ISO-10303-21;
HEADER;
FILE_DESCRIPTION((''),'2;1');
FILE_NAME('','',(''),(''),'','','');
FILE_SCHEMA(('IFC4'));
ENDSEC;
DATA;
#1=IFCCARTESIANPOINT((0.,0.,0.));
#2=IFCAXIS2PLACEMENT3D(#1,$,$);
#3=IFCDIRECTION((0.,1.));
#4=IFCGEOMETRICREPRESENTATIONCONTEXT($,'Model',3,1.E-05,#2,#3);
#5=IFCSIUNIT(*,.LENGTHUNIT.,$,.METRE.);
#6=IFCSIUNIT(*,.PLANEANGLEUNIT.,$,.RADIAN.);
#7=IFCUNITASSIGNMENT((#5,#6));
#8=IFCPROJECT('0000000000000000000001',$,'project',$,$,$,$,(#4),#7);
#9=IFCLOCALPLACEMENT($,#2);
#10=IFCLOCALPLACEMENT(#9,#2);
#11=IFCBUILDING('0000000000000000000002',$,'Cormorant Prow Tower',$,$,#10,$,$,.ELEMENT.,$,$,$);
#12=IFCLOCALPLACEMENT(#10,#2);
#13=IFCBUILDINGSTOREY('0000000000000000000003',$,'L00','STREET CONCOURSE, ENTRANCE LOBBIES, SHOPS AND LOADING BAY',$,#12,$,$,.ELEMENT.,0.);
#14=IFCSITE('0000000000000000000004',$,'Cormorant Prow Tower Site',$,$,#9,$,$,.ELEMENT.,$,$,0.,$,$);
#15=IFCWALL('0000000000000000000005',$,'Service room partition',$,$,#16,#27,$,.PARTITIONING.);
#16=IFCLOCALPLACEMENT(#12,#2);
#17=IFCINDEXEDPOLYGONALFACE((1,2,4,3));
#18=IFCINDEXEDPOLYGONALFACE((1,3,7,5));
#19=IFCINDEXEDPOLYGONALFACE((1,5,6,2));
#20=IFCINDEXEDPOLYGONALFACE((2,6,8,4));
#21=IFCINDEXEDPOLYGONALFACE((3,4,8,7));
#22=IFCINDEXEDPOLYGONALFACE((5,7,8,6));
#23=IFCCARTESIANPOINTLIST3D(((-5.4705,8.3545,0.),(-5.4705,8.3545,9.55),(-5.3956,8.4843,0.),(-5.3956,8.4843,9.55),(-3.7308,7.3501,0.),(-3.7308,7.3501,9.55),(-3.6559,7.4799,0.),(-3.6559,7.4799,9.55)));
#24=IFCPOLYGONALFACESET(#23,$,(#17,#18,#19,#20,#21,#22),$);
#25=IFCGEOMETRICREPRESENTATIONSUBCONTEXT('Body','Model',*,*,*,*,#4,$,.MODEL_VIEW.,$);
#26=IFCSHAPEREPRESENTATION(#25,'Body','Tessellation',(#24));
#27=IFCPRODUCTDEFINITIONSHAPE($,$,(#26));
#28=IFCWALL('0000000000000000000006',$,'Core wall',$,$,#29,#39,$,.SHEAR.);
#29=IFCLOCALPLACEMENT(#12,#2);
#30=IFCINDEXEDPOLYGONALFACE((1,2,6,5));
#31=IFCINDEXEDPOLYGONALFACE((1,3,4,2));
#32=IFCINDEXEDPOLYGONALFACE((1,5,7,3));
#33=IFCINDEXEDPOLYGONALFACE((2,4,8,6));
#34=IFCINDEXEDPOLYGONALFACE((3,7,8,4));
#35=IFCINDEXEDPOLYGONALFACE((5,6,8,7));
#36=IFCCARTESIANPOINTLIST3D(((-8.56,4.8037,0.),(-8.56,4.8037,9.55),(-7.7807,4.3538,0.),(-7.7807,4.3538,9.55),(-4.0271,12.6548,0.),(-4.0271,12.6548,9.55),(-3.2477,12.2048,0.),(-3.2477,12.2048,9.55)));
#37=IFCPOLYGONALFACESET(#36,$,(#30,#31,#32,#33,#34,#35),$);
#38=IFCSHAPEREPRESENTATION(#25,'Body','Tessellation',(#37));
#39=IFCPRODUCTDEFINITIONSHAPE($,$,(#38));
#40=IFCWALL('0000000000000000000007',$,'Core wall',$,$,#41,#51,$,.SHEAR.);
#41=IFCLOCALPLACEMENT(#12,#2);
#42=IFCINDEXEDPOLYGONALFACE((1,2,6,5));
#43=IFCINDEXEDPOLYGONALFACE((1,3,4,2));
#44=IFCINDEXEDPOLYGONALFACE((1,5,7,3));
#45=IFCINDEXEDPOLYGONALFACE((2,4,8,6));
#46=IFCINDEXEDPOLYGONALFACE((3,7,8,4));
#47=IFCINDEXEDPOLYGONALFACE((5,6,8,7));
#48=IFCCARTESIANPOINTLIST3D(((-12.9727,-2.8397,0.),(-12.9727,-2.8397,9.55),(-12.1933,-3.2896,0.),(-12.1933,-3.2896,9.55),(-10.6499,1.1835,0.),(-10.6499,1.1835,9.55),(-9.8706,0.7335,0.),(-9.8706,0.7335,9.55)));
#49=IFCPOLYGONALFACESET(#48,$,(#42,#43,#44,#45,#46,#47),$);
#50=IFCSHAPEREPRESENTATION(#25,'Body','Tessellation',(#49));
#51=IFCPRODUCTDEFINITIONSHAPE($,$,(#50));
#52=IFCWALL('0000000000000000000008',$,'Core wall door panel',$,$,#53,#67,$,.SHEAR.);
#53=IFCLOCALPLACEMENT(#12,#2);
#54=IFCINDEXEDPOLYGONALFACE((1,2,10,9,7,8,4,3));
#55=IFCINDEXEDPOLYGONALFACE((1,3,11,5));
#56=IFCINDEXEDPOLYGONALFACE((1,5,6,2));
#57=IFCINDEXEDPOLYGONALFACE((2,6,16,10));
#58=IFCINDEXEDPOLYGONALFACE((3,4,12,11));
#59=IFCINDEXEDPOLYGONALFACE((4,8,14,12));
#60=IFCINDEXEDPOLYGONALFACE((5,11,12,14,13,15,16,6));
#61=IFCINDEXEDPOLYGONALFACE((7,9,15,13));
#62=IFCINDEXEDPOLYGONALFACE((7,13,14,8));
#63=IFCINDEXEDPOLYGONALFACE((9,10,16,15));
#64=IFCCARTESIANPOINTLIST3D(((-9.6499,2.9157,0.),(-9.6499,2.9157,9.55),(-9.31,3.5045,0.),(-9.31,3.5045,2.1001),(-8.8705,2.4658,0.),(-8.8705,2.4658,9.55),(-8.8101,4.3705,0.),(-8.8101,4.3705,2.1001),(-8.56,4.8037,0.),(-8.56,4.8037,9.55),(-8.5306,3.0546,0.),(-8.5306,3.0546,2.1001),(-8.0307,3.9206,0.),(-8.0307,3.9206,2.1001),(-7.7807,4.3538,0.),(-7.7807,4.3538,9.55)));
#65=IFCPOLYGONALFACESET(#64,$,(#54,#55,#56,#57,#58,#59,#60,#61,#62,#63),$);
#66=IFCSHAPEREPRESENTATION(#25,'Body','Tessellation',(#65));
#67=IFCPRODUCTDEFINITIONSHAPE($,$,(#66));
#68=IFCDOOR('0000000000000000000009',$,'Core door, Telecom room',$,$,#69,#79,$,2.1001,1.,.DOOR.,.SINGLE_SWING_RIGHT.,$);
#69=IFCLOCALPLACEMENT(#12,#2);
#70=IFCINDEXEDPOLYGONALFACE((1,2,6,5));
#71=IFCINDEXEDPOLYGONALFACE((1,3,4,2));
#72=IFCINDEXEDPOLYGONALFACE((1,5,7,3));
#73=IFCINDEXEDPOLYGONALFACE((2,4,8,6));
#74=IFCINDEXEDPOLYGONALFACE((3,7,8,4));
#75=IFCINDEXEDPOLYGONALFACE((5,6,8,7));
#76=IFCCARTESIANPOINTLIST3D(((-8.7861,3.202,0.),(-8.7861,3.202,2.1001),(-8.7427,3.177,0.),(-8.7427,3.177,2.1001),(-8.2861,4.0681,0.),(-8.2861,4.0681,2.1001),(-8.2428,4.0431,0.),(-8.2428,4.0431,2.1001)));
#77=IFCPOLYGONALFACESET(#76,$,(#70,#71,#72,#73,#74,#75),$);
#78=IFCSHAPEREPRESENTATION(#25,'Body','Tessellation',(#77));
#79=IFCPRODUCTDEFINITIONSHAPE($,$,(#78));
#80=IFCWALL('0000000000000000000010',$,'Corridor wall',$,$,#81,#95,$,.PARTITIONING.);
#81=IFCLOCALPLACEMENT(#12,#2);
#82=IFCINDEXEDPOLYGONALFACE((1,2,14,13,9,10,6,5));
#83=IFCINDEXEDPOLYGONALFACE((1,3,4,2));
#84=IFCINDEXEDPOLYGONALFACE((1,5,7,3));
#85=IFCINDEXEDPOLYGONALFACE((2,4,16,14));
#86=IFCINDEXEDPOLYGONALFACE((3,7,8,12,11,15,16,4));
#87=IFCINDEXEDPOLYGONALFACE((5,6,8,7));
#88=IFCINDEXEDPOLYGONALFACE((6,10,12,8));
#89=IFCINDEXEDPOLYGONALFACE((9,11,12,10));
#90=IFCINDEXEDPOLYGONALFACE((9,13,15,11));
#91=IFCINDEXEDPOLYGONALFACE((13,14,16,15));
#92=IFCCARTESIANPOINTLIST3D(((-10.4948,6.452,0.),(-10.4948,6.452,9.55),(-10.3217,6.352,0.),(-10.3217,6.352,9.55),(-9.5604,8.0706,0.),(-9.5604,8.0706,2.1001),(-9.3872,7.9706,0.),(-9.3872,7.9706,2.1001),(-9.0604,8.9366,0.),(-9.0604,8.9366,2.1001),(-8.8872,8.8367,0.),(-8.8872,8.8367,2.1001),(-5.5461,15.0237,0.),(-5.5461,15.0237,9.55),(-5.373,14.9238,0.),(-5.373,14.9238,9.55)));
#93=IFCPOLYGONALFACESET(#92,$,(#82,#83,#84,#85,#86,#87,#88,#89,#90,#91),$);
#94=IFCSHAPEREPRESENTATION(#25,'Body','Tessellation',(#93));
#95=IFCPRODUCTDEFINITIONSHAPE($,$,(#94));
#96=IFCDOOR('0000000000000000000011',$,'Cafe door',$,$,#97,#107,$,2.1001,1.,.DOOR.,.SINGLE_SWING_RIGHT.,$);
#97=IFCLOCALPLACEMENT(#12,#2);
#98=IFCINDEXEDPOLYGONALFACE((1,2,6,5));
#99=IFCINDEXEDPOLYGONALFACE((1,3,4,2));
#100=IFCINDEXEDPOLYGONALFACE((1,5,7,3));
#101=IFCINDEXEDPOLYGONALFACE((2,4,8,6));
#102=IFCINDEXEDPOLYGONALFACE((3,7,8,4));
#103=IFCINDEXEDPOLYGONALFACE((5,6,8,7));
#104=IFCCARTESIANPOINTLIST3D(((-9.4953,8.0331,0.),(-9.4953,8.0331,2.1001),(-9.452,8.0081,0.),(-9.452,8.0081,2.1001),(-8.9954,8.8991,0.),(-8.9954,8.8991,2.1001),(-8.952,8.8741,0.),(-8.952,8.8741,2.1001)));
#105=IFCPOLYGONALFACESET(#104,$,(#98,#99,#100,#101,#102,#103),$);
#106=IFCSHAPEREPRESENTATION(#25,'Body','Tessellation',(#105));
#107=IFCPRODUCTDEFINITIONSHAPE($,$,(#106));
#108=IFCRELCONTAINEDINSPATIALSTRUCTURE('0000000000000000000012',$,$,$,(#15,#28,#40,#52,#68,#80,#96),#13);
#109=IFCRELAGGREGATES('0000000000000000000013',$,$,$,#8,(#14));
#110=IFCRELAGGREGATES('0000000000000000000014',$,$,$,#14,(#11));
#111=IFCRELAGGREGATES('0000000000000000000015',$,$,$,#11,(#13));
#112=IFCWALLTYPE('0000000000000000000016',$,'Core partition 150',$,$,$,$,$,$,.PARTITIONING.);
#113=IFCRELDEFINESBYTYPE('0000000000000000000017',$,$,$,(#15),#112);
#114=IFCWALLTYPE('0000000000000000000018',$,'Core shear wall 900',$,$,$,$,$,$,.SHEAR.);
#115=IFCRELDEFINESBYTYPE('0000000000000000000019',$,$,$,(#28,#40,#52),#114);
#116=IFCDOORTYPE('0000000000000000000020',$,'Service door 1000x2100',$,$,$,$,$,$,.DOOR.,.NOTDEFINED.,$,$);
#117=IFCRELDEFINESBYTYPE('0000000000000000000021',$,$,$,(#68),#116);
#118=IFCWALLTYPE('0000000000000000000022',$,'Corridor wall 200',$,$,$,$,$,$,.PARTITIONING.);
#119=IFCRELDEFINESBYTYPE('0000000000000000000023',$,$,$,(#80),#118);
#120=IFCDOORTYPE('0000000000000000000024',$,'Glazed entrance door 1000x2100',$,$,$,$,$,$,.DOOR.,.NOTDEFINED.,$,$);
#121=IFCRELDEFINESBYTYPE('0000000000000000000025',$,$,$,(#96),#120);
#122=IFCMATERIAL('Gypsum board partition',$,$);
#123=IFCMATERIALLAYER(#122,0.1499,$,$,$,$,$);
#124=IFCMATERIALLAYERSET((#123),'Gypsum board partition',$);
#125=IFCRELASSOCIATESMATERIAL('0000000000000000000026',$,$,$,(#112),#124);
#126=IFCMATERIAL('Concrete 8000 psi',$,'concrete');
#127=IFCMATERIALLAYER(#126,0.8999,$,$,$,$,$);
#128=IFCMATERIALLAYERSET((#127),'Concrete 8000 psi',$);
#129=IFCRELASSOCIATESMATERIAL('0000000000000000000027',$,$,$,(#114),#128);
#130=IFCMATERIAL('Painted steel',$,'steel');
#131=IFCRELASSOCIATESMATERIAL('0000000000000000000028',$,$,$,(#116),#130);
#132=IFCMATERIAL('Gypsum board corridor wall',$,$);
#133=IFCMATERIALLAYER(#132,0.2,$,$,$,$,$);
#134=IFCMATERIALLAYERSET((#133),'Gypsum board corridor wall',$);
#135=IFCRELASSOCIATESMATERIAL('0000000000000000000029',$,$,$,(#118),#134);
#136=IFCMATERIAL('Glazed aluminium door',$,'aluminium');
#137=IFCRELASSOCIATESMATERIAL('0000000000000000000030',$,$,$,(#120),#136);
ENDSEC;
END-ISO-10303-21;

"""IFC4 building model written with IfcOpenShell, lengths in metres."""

from ifc_helpers import new_model, si_unit, direction, frame, frame_2d, origin, place, context, subcontext, project, spatial, rectangle, extrude, material, layer, layer_set, type_object, element, fill, save


model = new_model("IFC4")

# Units and contexts
model_context = context("Model", 3, precision=1e-05, world=origin(), true_north=direction((0.0, 1.0)))
body_context = subcontext(model_context, "Body", "Model", "MODEL_VIEW")
ifc_project = project(units=[si_unit("LENGTHUNIT", "METRE"), si_unit("PLANEANGLEUNIT", "RADIAN")], contexts=[model_context])

# Site, building, storey
site_placement = place(None, origin())
site = spatial("IfcSite", under=ifc_project, at=site_placement, Name="Cormorant Prow Tower Site", CompositionType="ELEMENT", RefElevation=0.0)
building_placement = place(site_placement, origin())
building = spatial("IfcBuilding", under=site, at=building_placement, Name="Cormorant Prow Tower", CompositionType="ELEMENT")
storey_placement = place(building_placement, origin())
storey = spatial("IfcBuildingStorey", under=building, at=storey_placement, Name="L00", Description="STREET CONCOURSE, ENTRANCE LOBBIES, SHOPS AND LOADING BAY", CompositionType="ELEMENT", Elevation=0.0)

# Walls
ifc_material_1 = material(Name="Gypsum board partition")
ifc_layer_1 = layer(ifc_material_1, 0.1499)
ifc_layer_set_1 = layer_set([ifc_layer_1], Name="Gypsum board partition")
wall_type_1 = type_object("IfcWallType", Name="Core partition 150", PredefinedType="PARTITIONING", material=ifc_layer_set_1)
wall_1_placement = place(storey_placement, frame((-3.6934, 7.415, 0.0), z_axis=(0.0, 0.0, 1.0), x_axis=(-0.866036, 0.499982, 0.0)))
element("IfcWall", 1, at=wall_1_placement, inside=storey, type_object=wall_type_1, Name="Service room partition", PredefinedType="PARTITIONING", context=body_context, shape_type="SweptSolid", body=[
    extrude(rectangle(XDim=2.0088, YDim=0.1499, at=frame_2d((1.0044, 0.0))), origin(), (0.0, 0.0, 1.0), 9.55),
])
ifc_material_2 = material(Name="Concrete 8000 psi", Category="concrete")
ifc_layer_2 = layer(ifc_material_2, 0.8999)
ifc_layer_set_2 = layer_set([ifc_layer_2], Name="Concrete 8000 psi")
wall_type_2 = type_object("IfcWallType", Name="Core shear wall 900", PredefinedType="SHEAR", material=ifc_layer_set_2)
wall_2_placement = place(storey_placement, frame((-3.6375, 12.4297, 0.0), z_axis=(0.0, 0.0, 1.0), x_axis=(-0.500012, -0.866019, 0.0)))
element("IfcWall", 2, at=wall_2_placement, inside=storey, type_object=wall_type_2, Name="Core wall", PredefinedType="SHEAR", context=body_context, shape_type="SweptSolid", body=[
    extrude(rectangle(XDim=9.0657, YDim=0.8999, at=frame_2d((4.5327, 0.0))), origin(), (0.0, 0.0, 1.0), 9.55),
])
wall_3_placement = place(storey_placement, frame((-10.2603, 0.9585, 0.0), z_axis=(0.0, 0.0, 1.0), x_axis=(-0.499994, -0.866029, 0.0)))
element("IfcWall", 3, at=wall_3_placement, inside=storey, type_object=wall_type_2, Name="Core wall", PredefinedType="SHEAR", context=body_context, shape_type="SweptSolid", body=[
    extrude(rectangle(XDim=4.6455, YDim=0.8999, at=frame_2d((2.3228, 0.0))), origin(), (0.0, 0.0, 1.0), 9.55),
])

# Walls, openings, doors
wall_4_placement = place(storey_placement, frame((-8.1704, 4.5786, 0.0), z_axis=(0.0, 0.0, 1.0), x_axis=(-0.499945, -0.866057, 0.0)))
wall_4 = element("IfcWall", 4, at=wall_4_placement, inside=storey, type_object=wall_type_2, Name="Core wall door panel", PredefinedType="SHEAR", context=body_context, shape_type="SweptSolid", body=[
    extrude(rectangle(XDim=2.1799, YDim=0.8999, at=frame_2d((1.0898, 0.0))), origin(), (0.0, 0.0, 1.0), 9.55),
])
opening_1_placement = place(wall_4_placement, frame((0.5, 0.0, 0.0)))
opening_1 = element("IfcOpeningElement", 5, at=opening_1_placement, cuts=wall_4, PredefinedType="OPENING", context=body_context, shape_type="SweptSolid", body=[
    extrude(rectangle(XDim=1.0, YDim=2.1001, at=frame_2d((0.5, 1.05))), frame((0.0, 0.46, 0.0), z_axis=(0.0, -1.0, 0.0), x_axis=(1.0, 0.0, 0.0)), (0.0, 0.0, 1.0), 0.9199),
])
ifc_material_3 = material(Name="Painted steel", Category="steel")
door_type_1 = type_object("IfcDoorType", Name="Service door 1000x2100", OperationType="NOTDEFINED", PredefinedType="DOOR", material=ifc_material_3)
door_1_placement = place(opening_1_placement, origin())
door_1 = element("IfcDoor", 6, at=door_1_placement, inside=storey, type_object=door_type_1, Name="Core door, Telecom room", OperationType="SINGLE_SWING_RIGHT", OverallHeight=2.1001, OverallWidth=1.0, PredefinedType="DOOR", context=body_context, shape_type="SweptSolid", body=[
    extrude(rectangle(XDim=1.0, YDim=2.1001, at=frame_2d((0.5, 1.05))), frame((0.0, 0.2051, 0.0), z_axis=(0.0, -1.0, 0.0), x_axis=(1.0, 0.0, 0.0)), (0.0, 0.0, 1.0), 0.05),
])
fill(opening_1, door_1)
ifc_material_4 = material(Name="Gypsum board corridor wall")
ifc_layer_3 = layer(ifc_material_4, 0.2)
ifc_layer_set_3 = layer_set([ifc_layer_3], Name="Gypsum board corridor wall")
wall_type_3 = type_object("IfcWallType", Name="Corridor wall 200", PredefinedType="PARTITIONING", material=ifc_layer_set_3)
wall_5_placement = place(storey_placement, frame((-10.4082, 6.4021, 0.0), z_axis=(0.0, 0.0, 1.0), x_axis=(0.499986, 0.866034, 0.0)))
wall_5 = element("IfcWall", 7, at=wall_5_placement, inside=storey, type_object=wall_type_3, Name="Corridor wall", PredefinedType="PARTITIONING", context=body_context, shape_type="SweptSolid", body=[
    extrude(rectangle(XDim=9.8977, YDim=0.2, at=frame_2d((4.9487, 0.0))), origin(), (0.0, 0.0, 1.0), 9.55),
])
opening_2_placement = place(wall_5_placement, frame((1.8689, 0.0, 0.0)))
opening_2 = element("IfcOpeningElement", 8, at=opening_2_placement, cuts=wall_5, PredefinedType="OPENING", context=body_context, shape_type="SweptSolid", body=[
    extrude(rectangle(XDim=1.0, YDim=2.1001, at=frame_2d((0.5, 1.05))), frame((0.0, 0.1099, 0.0), z_axis=(0.0, -1.0, 0.0), x_axis=(1.0, 0.0, 0.0)), (0.0, 0.0, 1.0), 0.22),
])
ifc_material_5 = material(Name="Glazed aluminium door", Category="aluminium")
door_type_2 = type_object("IfcDoorType", Name="Glazed entrance door 1000x2100", OperationType="NOTDEFINED", PredefinedType="DOOR", material=ifc_material_5)
door_2_placement = place(opening_2_placement, origin())
door_2 = element("IfcDoor", 9, at=door_2_placement, inside=storey, type_object=door_type_2, Name="Cafe door", OperationType="SINGLE_SWING_RIGHT", OverallHeight=2.1001, OverallWidth=1.0, PredefinedType="DOOR", context=body_context, shape_type="SweptSolid", body=[
    extrude(rectangle(XDim=1.0, YDim=2.1001, at=frame_2d((0.5, 1.05))), frame((0.0, 0.0249, 0.0), z_axis=(0.0, -1.0, 0.0), x_axis=(1.0, 0.0, 0.0)), (0.0, 0.0, 1.0), 0.05),
])
fill(opening_2, door_2)

save(model, "model.ifc")
